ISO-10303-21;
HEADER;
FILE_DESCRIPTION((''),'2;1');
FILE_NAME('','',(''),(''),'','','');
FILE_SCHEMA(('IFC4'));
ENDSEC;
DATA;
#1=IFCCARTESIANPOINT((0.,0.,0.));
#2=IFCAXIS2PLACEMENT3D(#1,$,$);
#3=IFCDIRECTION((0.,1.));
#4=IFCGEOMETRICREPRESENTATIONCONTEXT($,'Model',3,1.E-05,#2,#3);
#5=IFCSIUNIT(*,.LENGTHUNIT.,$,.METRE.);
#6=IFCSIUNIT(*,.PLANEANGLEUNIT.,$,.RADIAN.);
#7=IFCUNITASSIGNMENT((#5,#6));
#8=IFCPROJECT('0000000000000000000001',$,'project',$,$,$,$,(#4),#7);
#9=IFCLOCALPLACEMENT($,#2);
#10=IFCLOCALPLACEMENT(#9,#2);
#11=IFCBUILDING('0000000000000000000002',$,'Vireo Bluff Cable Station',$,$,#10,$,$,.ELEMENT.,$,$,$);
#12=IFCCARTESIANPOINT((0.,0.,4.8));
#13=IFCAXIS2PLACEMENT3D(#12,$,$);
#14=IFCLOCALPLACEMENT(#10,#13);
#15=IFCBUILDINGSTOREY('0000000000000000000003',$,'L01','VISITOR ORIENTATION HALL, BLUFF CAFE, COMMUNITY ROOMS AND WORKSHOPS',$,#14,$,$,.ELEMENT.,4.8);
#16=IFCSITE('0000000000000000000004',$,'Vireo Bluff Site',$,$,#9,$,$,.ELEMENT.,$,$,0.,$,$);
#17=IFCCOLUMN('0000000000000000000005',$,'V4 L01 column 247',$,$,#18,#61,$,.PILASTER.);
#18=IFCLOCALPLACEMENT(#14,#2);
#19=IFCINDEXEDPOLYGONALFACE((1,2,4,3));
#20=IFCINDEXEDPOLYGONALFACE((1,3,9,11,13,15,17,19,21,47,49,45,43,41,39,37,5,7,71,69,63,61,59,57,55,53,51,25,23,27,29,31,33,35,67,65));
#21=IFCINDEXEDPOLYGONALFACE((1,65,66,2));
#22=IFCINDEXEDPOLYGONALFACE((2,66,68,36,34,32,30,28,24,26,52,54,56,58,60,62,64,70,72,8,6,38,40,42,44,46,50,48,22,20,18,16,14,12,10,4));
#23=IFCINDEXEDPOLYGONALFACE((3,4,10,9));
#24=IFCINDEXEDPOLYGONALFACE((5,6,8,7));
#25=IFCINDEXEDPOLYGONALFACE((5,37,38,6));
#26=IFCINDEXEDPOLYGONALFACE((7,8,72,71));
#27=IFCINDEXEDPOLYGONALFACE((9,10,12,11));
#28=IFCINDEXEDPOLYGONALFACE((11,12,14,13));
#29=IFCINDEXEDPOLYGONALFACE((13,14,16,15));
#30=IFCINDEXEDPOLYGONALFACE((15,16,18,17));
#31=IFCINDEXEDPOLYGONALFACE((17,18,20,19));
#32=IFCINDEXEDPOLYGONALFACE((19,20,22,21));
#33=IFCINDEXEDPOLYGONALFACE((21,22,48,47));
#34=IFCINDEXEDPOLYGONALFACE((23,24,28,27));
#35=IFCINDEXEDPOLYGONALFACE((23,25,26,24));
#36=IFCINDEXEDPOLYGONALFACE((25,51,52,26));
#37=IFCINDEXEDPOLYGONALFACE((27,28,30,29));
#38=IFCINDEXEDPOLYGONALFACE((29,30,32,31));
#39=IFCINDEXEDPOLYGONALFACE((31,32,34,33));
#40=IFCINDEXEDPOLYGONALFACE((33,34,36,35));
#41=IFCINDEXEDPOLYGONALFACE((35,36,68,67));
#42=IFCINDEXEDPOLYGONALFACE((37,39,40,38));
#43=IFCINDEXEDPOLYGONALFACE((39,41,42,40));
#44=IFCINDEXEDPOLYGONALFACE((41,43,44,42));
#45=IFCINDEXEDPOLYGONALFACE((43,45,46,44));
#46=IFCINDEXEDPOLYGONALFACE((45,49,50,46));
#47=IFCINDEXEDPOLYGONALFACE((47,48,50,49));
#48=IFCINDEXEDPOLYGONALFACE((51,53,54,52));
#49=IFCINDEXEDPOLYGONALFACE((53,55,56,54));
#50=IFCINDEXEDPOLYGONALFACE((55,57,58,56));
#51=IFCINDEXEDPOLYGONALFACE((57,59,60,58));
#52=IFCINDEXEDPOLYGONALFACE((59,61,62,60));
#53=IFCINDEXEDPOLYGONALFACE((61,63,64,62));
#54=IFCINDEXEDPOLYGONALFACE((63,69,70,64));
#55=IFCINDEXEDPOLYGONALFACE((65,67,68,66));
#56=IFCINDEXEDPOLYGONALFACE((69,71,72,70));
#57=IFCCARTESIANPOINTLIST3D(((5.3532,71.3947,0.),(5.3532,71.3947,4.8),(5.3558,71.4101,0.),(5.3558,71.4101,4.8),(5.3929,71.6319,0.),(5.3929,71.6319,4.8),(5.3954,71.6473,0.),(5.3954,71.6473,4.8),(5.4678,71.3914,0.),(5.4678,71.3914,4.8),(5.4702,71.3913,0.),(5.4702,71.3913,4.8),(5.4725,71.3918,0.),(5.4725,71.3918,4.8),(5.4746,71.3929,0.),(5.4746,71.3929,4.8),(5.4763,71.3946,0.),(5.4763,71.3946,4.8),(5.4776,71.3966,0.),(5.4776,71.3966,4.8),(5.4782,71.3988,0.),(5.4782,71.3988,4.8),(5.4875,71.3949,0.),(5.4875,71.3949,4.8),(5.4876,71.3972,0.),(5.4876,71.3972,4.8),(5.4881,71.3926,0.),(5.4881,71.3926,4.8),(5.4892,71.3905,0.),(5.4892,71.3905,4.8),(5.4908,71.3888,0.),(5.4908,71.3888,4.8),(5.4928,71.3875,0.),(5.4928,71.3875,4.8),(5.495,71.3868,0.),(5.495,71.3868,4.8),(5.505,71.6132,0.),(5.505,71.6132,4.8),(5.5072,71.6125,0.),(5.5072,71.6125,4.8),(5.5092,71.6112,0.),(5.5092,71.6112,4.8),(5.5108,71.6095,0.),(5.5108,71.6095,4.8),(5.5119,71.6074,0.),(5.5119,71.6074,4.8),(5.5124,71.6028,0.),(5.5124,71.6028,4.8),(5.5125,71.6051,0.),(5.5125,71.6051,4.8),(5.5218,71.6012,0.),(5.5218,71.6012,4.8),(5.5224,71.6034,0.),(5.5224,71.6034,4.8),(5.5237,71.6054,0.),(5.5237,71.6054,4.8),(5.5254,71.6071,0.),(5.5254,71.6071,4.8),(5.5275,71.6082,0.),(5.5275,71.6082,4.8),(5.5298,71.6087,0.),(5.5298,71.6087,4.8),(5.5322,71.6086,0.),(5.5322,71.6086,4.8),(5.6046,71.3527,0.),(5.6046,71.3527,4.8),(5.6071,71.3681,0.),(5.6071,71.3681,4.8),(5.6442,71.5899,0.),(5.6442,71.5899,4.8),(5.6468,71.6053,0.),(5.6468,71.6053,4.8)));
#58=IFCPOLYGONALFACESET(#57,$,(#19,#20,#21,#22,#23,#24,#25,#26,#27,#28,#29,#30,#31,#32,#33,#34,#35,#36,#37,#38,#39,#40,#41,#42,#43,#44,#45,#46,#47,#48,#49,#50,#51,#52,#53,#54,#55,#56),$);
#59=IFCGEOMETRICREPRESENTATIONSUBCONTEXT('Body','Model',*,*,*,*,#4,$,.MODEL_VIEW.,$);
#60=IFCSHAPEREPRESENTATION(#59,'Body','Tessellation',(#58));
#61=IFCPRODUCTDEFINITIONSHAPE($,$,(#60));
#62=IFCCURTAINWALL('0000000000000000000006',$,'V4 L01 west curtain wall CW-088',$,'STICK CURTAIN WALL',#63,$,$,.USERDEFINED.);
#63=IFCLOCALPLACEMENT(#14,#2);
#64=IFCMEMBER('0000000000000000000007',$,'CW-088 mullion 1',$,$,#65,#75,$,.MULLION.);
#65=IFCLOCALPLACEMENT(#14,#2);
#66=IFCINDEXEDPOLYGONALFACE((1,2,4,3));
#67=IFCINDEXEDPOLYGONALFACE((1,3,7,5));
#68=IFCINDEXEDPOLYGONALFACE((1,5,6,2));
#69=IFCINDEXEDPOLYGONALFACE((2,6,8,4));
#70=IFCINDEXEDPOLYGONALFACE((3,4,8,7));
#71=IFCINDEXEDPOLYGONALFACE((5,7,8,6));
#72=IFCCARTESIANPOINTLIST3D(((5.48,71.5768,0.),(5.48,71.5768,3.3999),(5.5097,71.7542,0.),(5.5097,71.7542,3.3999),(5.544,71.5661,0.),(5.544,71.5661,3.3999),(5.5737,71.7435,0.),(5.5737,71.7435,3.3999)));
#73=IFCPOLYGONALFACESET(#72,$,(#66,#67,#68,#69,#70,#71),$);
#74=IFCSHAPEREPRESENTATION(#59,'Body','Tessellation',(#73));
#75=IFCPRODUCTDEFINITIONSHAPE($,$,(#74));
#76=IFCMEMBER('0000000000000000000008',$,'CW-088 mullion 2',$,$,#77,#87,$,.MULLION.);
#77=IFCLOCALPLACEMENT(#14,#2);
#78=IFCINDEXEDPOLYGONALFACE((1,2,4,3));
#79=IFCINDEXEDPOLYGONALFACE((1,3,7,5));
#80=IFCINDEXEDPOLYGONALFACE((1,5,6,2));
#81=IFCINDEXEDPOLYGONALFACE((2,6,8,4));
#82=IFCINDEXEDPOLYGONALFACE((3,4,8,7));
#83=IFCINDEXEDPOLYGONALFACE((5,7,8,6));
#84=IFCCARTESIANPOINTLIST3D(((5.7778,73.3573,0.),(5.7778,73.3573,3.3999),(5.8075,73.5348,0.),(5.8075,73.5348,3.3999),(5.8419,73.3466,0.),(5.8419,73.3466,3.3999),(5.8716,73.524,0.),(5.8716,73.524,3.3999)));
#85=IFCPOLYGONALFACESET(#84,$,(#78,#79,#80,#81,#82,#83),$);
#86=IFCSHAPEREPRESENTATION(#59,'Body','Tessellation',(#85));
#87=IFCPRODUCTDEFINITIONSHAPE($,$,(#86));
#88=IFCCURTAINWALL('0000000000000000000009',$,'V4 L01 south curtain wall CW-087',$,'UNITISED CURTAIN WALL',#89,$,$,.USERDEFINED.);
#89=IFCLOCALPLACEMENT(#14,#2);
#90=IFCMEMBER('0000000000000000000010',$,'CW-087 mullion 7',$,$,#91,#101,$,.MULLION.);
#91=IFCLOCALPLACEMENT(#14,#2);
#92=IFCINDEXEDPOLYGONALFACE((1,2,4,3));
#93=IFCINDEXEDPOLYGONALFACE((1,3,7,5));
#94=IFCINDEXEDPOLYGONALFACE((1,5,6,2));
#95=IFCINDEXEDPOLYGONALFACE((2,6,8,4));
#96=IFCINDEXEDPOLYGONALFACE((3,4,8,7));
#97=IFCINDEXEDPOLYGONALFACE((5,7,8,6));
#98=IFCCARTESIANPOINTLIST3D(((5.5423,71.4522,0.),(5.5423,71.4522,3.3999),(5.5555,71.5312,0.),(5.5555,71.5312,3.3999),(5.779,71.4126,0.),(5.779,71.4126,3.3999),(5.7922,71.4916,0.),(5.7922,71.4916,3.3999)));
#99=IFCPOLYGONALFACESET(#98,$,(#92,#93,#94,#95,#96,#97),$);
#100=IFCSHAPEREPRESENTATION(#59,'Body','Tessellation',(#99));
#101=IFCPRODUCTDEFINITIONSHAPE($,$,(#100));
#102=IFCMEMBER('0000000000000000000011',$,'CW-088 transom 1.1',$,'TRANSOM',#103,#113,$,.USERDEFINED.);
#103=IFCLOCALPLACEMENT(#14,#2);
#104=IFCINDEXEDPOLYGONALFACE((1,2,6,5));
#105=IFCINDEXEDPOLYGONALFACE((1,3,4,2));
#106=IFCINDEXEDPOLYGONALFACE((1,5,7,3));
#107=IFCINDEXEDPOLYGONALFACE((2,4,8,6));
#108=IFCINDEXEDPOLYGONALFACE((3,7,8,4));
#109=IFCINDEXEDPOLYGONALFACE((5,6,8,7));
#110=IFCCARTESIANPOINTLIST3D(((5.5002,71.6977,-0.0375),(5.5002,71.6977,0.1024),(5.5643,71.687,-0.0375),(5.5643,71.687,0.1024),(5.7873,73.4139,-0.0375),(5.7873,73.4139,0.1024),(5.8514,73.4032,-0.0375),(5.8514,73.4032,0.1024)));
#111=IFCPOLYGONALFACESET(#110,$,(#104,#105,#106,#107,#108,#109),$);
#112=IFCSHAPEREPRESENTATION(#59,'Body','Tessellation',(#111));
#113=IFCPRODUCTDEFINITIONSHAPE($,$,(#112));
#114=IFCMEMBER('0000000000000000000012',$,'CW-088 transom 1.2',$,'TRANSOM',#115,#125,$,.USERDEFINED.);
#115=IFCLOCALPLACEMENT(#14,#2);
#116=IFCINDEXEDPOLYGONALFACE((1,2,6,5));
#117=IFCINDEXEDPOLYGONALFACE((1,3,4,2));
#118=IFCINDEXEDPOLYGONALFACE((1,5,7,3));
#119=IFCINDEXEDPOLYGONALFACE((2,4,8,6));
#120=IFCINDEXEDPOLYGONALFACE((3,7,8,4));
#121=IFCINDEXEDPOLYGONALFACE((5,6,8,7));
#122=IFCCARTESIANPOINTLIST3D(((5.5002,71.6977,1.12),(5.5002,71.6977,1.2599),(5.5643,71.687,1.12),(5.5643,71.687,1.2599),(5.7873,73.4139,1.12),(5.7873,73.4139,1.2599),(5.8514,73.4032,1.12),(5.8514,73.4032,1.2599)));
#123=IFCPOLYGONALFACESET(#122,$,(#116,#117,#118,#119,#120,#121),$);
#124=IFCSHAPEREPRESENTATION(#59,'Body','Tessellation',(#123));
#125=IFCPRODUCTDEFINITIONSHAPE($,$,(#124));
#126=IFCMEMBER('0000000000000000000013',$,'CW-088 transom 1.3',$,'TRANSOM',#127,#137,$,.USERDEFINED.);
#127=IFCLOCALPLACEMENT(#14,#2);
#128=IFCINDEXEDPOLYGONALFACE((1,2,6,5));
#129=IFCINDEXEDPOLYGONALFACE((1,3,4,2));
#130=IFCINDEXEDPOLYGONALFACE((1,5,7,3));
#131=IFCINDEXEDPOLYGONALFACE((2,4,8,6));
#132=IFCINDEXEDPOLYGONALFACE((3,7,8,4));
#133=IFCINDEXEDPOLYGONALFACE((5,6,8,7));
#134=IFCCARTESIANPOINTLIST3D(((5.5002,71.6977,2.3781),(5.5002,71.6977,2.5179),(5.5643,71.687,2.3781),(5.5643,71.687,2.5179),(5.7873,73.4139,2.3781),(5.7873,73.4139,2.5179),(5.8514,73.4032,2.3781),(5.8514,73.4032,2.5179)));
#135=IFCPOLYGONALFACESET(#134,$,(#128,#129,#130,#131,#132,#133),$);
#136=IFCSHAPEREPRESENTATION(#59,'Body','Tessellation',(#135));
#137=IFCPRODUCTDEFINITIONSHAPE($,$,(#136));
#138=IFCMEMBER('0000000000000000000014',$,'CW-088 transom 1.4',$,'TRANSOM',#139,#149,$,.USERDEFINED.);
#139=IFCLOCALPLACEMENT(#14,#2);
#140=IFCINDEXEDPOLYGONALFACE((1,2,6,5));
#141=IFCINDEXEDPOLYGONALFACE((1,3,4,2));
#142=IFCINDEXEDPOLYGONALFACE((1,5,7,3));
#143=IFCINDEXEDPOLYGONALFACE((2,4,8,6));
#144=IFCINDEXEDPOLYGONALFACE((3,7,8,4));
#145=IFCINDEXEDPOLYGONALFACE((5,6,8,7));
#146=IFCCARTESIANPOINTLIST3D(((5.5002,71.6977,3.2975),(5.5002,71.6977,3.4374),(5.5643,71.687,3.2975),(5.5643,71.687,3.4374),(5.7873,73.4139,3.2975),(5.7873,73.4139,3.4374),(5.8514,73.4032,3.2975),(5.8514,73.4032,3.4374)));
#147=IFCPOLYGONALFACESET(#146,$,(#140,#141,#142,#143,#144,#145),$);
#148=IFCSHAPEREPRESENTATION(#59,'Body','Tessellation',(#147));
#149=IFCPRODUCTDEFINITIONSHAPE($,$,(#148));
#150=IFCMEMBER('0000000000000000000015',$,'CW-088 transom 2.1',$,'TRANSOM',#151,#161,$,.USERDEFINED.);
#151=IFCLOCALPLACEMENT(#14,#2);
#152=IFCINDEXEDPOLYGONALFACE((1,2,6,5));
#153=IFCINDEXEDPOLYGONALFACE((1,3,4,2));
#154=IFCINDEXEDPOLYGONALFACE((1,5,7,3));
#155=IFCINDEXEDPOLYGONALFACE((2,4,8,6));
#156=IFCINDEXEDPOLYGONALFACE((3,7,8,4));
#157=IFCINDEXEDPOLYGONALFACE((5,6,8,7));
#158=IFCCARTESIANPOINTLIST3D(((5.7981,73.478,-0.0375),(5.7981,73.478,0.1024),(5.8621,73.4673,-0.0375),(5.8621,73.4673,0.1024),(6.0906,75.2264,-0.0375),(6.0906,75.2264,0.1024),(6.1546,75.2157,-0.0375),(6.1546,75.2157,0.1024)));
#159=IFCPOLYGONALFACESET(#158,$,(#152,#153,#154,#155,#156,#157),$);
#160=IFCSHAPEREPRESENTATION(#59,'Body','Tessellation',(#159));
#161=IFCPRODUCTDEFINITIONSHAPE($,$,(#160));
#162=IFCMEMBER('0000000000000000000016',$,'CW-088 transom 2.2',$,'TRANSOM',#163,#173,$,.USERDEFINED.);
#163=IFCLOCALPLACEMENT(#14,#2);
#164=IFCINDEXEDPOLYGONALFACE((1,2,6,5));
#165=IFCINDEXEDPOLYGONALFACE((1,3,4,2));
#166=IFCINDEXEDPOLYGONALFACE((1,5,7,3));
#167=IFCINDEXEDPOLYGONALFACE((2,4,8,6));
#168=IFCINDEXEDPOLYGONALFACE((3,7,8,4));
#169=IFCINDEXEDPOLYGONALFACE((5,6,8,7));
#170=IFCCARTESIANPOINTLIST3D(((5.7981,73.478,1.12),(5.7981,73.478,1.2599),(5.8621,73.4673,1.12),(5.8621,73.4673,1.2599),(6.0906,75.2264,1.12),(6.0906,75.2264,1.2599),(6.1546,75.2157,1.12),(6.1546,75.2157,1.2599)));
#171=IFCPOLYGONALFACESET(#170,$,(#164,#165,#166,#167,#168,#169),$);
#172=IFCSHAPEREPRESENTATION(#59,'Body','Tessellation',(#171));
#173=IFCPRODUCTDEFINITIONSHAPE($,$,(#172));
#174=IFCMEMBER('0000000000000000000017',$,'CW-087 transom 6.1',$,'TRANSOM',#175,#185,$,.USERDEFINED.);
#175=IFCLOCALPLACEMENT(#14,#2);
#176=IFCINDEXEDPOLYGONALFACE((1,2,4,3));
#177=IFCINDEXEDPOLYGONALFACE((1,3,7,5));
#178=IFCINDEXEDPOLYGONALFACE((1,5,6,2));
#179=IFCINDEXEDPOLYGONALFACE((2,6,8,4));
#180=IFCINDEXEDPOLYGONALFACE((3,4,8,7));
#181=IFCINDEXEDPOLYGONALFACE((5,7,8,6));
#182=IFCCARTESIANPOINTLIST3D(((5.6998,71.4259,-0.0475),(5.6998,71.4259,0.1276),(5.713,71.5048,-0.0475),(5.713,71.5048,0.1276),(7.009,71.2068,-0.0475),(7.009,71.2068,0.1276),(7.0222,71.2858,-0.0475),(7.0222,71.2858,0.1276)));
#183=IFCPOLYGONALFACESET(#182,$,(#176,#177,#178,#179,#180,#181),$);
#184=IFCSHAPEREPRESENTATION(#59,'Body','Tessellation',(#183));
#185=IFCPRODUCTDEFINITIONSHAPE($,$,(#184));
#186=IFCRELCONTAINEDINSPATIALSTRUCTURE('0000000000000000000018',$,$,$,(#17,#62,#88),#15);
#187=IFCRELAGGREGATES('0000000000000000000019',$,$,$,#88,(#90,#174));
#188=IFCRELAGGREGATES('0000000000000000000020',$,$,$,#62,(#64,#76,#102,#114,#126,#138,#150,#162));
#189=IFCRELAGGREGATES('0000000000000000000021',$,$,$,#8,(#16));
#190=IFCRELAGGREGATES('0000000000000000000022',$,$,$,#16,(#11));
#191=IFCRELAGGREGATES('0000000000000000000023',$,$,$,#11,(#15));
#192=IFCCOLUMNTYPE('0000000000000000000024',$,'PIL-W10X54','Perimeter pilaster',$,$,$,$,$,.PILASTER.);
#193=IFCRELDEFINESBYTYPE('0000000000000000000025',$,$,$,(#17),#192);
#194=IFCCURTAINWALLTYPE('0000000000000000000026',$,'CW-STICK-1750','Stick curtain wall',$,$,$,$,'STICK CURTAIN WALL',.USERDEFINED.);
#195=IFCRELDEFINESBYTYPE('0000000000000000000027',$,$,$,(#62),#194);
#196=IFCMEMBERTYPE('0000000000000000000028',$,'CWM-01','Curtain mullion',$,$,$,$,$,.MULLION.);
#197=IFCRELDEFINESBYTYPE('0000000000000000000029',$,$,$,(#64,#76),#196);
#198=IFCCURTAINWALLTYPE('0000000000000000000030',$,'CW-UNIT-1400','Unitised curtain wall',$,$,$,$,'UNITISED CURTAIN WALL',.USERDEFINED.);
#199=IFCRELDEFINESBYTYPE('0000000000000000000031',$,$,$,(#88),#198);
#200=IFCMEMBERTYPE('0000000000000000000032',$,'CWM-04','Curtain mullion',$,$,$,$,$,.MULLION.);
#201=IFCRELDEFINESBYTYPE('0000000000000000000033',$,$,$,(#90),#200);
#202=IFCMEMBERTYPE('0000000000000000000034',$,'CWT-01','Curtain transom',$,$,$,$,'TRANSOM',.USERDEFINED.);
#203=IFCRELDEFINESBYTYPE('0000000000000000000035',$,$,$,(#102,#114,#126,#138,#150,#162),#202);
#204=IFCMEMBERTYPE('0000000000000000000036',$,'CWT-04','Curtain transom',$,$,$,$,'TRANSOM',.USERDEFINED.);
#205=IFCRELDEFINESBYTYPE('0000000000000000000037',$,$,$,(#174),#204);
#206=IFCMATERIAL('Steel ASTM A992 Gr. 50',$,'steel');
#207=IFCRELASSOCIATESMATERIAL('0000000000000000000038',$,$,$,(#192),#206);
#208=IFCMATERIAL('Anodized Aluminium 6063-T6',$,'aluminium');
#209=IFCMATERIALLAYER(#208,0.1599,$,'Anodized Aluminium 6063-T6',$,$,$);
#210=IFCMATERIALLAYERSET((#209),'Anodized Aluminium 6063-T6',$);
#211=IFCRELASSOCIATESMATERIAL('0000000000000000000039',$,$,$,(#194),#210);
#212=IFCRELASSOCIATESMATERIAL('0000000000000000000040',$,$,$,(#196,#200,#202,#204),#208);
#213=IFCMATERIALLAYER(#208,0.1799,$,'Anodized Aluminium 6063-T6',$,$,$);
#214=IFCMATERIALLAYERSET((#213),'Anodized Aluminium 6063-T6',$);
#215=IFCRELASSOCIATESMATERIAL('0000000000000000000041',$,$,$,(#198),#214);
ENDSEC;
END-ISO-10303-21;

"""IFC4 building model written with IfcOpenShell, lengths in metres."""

from ifc_helpers import new_model, si_unit, direction, frame, origin, origin_2d, place, context, subcontext, project, spatial, rectangle, i_section, extrude, material, layer, layer_set, material_profile, profile_set, type_object, element, aggregate, save


model = new_model("IFC4")

# Units and contexts
model_context = context("Model", 3, precision=1e-05, world=origin(), true_north=direction((0.0, 1.0)))
body_context = subcontext(model_context, "Body", "Model", "MODEL_VIEW")
ifc_project = project(units=[si_unit("LENGTHUNIT", "METRE"), si_unit("PLANEANGLEUNIT", "RADIAN")], contexts=[model_context])

# Site, building, storey
site_placement = place(None, origin())
site = spatial("IfcSite", under=ifc_project, at=site_placement, Name="Vireo Bluff Site", CompositionType="ELEMENT", RefElevation=0.0)
building_placement = place(site_placement, origin())
building = spatial("IfcBuilding", under=site, at=building_placement, Name="Vireo Bluff Cable Station", CompositionType="ELEMENT")
storey_placement = place(building_placement, frame((0.0, 0.0, 4.8)))
storey = spatial("IfcBuildingStorey", under=building, at=storey_placement, Name="L01", Description="VISITOR ORIENTATION HALL, BLUFF CAFE, COMMUNITY ROOMS AND WORKSHOPS", CompositionType="ELEMENT", Elevation=4.8)

# Column
ifc_material_1 = material(Name="Steel ASTM A992 Gr. 50", Category="steel")
ifc_material_profile_1 = material_profile(ifc_material_1, i_section(OverallWidth=0.2549, OverallDepth=0.2561, WebThickness=0.0095, FlangeThickness=0.0156, FilletRadius=0.009, at=origin_2d()), Name="W10X54")
ifc_profile_set_1 = profile_set([ifc_material_profile_1], Name="Steel ASTM A992 Gr. 50")
column_type = type_object("IfcColumnType", Name="PIL-W10X54", Description="Perimeter pilaster", PredefinedType="PILASTER", material=ifc_profile_set_1)
column_placement = place(storey_placement, frame((5.5, 71.5, 0.0), z_axis=(0.0, 0.0, 1.0), x_axis=(0.986286, -0.165048, 0.0)))
element("IfcColumn", 1, at=column_placement, inside=storey, type_object=column_type, Name="V4 L01 column 247", PredefinedType="PILASTER", context=body_context, shape_type="SweptSolid", body=[
    extrude(i_section(OverallWidth=0.2549, OverallDepth=0.2561, WebThickness=0.0095, FlangeThickness=0.0156, FilletRadius=0.009, at=origin_2d()), origin(), (0.0, 0.0, 1.0), 4.8),
])

# Curtain wall, members
ifc_material_2 = material(Name="Anodized Aluminium 6063-T6", Category="aluminium")
ifc_layer_1 = layer(ifc_material_2, 0.1599, Name="Anodized Aluminium 6063-T6")
ifc_layer_set_1 = layer_set([ifc_layer_1], Name="Anodized Aluminium 6063-T6")
curtain_wall_type_1 = type_object("IfcCurtainWallType", Name="CW-STICK-1750", Description="Stick curtain wall", ElementType="STICK CURTAIN WALL", PredefinedType="USERDEFINED", material=ifc_layer_set_1)
curtain_wall_1_placement = place(storey_placement, origin())
curtain_wall_1 = element("IfcCurtainWall", 2, at=curtain_wall_1_placement, inside=storey, type_object=curtain_wall_type_1, Name="V4 L01 west curtain wall CW-088", ObjectType="STICK CURTAIN WALL", PredefinedType="USERDEFINED")
ifc_material_profile_2 = material_profile(ifc_material_2, rectangle(XDim=0.0649, YDim=0.1799, at=origin_2d()), Name="ALU-M-65X180")
ifc_profile_set_2 = profile_set([ifc_material_profile_2], Name="Anodized Aluminium 6063-T6")
member_type_1 = type_object("IfcMemberType", Name="CWM-01", Description="Curtain mullion", PredefinedType="MULLION", material=ifc_profile_set_2)
member_1_placement = place(storey_placement, frame((5.5269, 71.6602, 0.0), z_axis=(0.0, 0.0, 1.0), x_axis=(-0.986286, 0.165048, 0.0)))
member_1 = element("IfcMember", 3, at=member_1_placement, type_object=member_type_1, Name="CW-088 mullion 1", PredefinedType="MULLION", context=body_context, shape_type="SweptSolid", body=[
    extrude(rectangle(XDim=0.0649, YDim=0.1799, at=origin_2d()), origin(), (0.0, 0.0, 1.0), 3.3999),
])
member_2_placement = place(storey_placement, frame((5.8247, 73.4407, 0.0), z_axis=(0.0, 0.0, 1.0), x_axis=(-0.986286, 0.165048, 0.0)))
member_2 = element("IfcMember", 4, at=member_2_placement, type_object=member_type_1, Name="CW-088 mullion 2", PredefinedType="MULLION", context=body_context, shape_type="SweptSolid", body=[
    extrude(rectangle(XDim=0.0649, YDim=0.1799, at=origin_2d()), origin(), (0.0, 0.0, 1.0), 3.3999),
])

# Curtain wall, member
ifc_layer_2 = layer(ifc_material_2, 0.1799, Name="Anodized Aluminium 6063-T6")
ifc_layer_set_2 = layer_set([ifc_layer_2], Name="Anodized Aluminium 6063-T6")
curtain_wall_type_2 = type_object("IfcCurtainWallType", Name="CW-UNIT-1400", Description="Unitised curtain wall", ElementType="UNITISED CURTAIN WALL", PredefinedType="USERDEFINED", material=ifc_layer_set_2)
curtain_wall_2_placement = place(storey_placement, origin())
curtain_wall_2 = element("IfcCurtainWall", 5, at=curtain_wall_2_placement, inside=storey, type_object=curtain_wall_type_2, Name="V4 L01 south curtain wall CW-087", ObjectType="UNITISED CURTAIN WALL", PredefinedType="USERDEFINED")
ifc_material_profile_3 = material_profile(ifc_material_2, rectangle(XDim=0.0801, YDim=0.24, at=origin_2d()), Name="ALU-M-80X240")
ifc_profile_set_3 = profile_set([ifc_material_profile_3], Name="Anodized Aluminium 6063-T6")
member_type_2 = type_object("IfcMemberType", Name="CWM-04", Description="Curtain mullion", PredefinedType="MULLION", material=ifc_profile_set_3)
member_3_placement = place(storey_placement, frame((5.6672, 71.4719, 0.0), z_axis=(0.0, 0.0, 1.0), x_axis=(-0.165048, -0.986286, 0.0)))
member_3 = element("IfcMember", 6, at=member_3_placement, type_object=member_type_2, Name="CW-087 mullion 7", PredefinedType="MULLION", context=body_context, shape_type="SweptSolid", body=[
    extrude(rectangle(XDim=0.0801, YDim=0.24, at=origin_2d()), origin(), (0.0, 0.0, 1.0), 3.3999),
])

# Members
ifc_material_profile_4 = material_profile(ifc_material_2, rectangle(XDim=0.0649, YDim=0.1399, at=origin_2d()), Name="ALU-T-65X140")
ifc_profile_set_4 = profile_set([ifc_material_profile_4], Name="Anodized Aluminium 6063-T6")
member_type_3 = type_object("IfcMemberType", Name="CWT-01", Description="Curtain transom", ElementType="TRANSOM", PredefinedType="USERDEFINED", material=ifc_profile_set_4)
member_4_placement = place(storey_placement, frame((5.5322, 71.6924, 0.0325), z_axis=(0.165013, 0.986291, 0.0), x_axis=(-0.986291, 0.165013, 0.0)))
member_4 = element("IfcMember", 7, at=member_4_placement, type_object=member_type_3, Name="CW-088 transom 1.1", ObjectType="TRANSOM", PredefinedType="USERDEFINED", context=body_context, shape_type="SweptSolid", body=[
    extrude(rectangle(XDim=0.0649, YDim=0.1399, at=origin_2d()), origin(), (0.0, 0.0, 1.0), 1.74),
])
member_5_placement = place(storey_placement, frame((5.5322, 71.6924, 1.1899), z_axis=(0.165013, 0.986291, 0.0), x_axis=(-0.986291, 0.165013, 0.0)))
member_5 = element("IfcMember", 8, at=member_5_placement, type_object=member_type_3, Name="CW-088 transom 1.2", ObjectType="TRANSOM", PredefinedType="USERDEFINED", context=body_context, shape_type="SweptSolid", body=[
    extrude(rectangle(XDim=0.0649, YDim=0.1399, at=origin_2d()), origin(), (0.0, 0.0, 1.0), 1.74),
])
member_6_placement = place(storey_placement, frame((5.5322, 71.6924, 2.448), z_axis=(0.165013, 0.986291, 0.0), x_axis=(-0.986291, 0.165013, 0.0)))
member_6 = element("IfcMember", 9, at=member_6_placement, type_object=member_type_3, Name="CW-088 transom 1.3", ObjectType="TRANSOM", PredefinedType="USERDEFINED", context=body_context, shape_type="SweptSolid", body=[
    extrude(rectangle(XDim=0.0649, YDim=0.1399, at=origin_2d()), origin(), (0.0, 0.0, 1.0), 1.74),
])
member_7_placement = place(storey_placement, frame((5.5322, 71.6924, 3.3674), z_axis=(0.165013, 0.986291, 0.0), x_axis=(-0.986291, 0.165013, 0.0)))
member_7 = element("IfcMember", 10, at=member_7_placement, type_object=member_type_3, Name="CW-088 transom 1.4", ObjectType="TRANSOM", PredefinedType="USERDEFINED", context=body_context, shape_type="SweptSolid", body=[
    extrude(rectangle(XDim=0.0649, YDim=0.1399, at=origin_2d()), origin(), (0.0, 0.0, 1.0), 1.74),
])
member_8_placement = place(storey_placement, frame((5.8301, 73.4727, 0.0325), z_axis=(0.165002, 0.986293, 0.0), x_axis=(-0.986293, 0.165002, 0.0)))
member_8 = element("IfcMember", 11, at=member_8_placement, type_object=member_type_3, Name="CW-088 transom 2.1", ObjectType="TRANSOM", PredefinedType="USERDEFINED", context=body_context, shape_type="SweptSolid", body=[
    extrude(rectangle(XDim=0.0649, YDim=0.1399, at=origin_2d()), origin(), (0.0, 0.0, 1.0), 1.7727),
])
member_9_placement = place(storey_placement, frame((5.8301, 73.4727, 1.1899), z_axis=(0.165002, 0.986293, 0.0), x_axis=(-0.986293, 0.165002, 0.0)))
member_9 = element("IfcMember", 12, at=member_9_placement, type_object=member_type_3, Name="CW-088 transom 2.2", ObjectType="TRANSOM", PredefinedType="USERDEFINED", context=body_context, shape_type="SweptSolid", body=[
    extrude(rectangle(XDim=0.0649, YDim=0.1399, at=origin_2d()), origin(), (0.0, 0.0, 1.0), 1.7727),
])
ifc_material_profile_5 = material_profile(ifc_material_2, rectangle(XDim=0.0801, YDim=0.175, at=origin_2d()), Name="ALU-T-80X175")
ifc_profile_set_5 = profile_set([ifc_material_profile_5], Name="Anodized Aluminium 6063-T6")
member_type_4 = type_object("IfcMemberType", Name="CWT-04", Description="Curtain transom", ElementType="TRANSOM", PredefinedType="USERDEFINED", material=ifc_profile_set_5)
member_10_placement = place(storey_placement, frame((7.0156, 71.2463, 0.04), z_axis=(-0.986294, 0.164996, 0.0), x_axis=(-0.164996, -0.986294, 0.0)))
member_10 = element("IfcMember", 13, at=member_10_placement, type_object=member_type_4, Name="CW-087 transom 6.1", ObjectType="TRANSOM", PredefinedType="USERDEFINED", context=body_context, shape_type="SweptSolid", body=[
    extrude(rectangle(XDim=0.0801, YDim=0.175, at=origin_2d()), origin(), (0.0, 0.0, 1.0), 1.3274),
])

aggregate(curtain_wall_2, [member_3, member_10])
aggregate(curtain_wall_1, [member_1, member_2, member_4, member_5, member_6, member_7, member_8, member_9])

save(model, "model.ifc")
